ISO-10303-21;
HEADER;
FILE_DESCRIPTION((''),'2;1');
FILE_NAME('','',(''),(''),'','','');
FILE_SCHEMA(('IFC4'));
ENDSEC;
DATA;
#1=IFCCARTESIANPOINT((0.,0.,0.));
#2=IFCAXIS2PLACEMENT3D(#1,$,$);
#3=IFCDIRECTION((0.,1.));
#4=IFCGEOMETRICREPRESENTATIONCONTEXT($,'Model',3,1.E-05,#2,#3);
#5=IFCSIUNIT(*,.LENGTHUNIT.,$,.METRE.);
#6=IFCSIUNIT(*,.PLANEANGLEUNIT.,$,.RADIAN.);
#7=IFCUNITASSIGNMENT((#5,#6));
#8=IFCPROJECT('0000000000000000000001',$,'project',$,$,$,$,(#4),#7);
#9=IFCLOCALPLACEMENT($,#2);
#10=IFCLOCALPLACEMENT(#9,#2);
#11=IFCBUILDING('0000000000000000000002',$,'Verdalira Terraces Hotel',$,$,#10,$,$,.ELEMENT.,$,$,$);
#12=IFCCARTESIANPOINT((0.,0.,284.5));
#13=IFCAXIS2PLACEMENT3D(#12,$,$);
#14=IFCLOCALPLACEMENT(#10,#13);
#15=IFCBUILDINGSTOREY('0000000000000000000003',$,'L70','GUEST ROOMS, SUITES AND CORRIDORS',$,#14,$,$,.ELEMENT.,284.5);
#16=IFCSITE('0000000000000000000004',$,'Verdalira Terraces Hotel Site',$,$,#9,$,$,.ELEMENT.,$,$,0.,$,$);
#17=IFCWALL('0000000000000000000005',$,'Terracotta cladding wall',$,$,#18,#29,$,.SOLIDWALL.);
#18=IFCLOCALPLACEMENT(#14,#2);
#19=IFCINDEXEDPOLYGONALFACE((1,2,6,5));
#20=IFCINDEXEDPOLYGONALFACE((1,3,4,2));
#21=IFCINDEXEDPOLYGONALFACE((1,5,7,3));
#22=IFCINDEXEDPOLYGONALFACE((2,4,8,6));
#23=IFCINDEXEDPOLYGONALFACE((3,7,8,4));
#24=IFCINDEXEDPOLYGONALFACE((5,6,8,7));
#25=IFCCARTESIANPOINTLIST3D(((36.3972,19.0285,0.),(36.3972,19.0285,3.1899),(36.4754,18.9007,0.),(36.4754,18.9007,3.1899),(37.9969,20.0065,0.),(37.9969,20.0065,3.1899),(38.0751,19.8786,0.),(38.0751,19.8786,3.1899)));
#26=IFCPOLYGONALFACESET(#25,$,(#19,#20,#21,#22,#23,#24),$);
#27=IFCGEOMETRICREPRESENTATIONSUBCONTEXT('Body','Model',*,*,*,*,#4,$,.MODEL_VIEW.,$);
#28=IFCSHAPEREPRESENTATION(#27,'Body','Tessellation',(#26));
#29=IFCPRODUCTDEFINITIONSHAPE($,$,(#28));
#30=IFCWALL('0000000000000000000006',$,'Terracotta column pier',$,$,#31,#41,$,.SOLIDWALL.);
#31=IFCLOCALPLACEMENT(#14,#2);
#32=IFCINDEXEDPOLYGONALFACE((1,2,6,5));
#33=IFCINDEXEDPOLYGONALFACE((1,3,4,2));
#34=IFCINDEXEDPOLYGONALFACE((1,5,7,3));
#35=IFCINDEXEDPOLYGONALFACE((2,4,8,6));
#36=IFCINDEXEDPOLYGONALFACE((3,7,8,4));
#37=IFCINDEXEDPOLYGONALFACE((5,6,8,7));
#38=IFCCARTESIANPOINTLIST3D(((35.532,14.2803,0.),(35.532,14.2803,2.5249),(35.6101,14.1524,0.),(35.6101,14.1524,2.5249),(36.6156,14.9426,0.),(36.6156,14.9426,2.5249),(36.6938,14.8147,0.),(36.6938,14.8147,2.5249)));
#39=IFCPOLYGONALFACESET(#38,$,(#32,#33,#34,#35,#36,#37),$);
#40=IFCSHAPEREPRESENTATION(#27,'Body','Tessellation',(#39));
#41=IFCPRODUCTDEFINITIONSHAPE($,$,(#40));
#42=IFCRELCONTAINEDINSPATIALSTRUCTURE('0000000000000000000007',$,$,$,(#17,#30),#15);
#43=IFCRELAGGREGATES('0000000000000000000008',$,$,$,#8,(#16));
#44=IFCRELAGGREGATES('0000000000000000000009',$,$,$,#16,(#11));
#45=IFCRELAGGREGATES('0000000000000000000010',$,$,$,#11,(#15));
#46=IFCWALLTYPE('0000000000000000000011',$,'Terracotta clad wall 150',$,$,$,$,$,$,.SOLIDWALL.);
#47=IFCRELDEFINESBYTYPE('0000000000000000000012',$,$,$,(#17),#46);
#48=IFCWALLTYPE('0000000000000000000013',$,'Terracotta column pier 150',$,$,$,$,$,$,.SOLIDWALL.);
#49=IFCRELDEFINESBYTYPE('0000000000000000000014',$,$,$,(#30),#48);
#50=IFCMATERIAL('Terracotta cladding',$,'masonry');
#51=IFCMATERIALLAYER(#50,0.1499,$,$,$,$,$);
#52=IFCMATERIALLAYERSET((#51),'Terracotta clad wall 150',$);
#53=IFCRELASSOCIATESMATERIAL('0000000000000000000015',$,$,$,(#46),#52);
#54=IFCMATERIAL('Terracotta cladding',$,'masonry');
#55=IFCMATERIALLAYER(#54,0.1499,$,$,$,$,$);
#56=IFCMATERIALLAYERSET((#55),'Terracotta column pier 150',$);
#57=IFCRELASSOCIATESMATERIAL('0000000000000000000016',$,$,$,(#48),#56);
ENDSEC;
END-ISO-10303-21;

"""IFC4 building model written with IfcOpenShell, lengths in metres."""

from ifc_helpers import new_model, si_unit, direction, frame, frame_2d, origin, place, context, subcontext, project, spatial, rectangle, extrude, material, layer, layer_set, type_object, element, save


model = new_model("IFC4")

# Units and contexts
model_context = context("Model", 3, precision=1e-05, world=origin(), true_north=direction((0.0, 1.0)))
body_context = subcontext(model_context, "Body", "Model", "MODEL_VIEW")
ifc_project = project(units=[si_unit("LENGTHUNIT", "METRE"), si_unit("PLANEANGLEUNIT", "RADIAN")], contexts=[model_context])

# Site, building, storey
site_placement = place(None, origin())
site = spatial("IfcSite", under=ifc_project, at=site_placement, Name="Verdalira Terraces Hotel Site", CompositionType="ELEMENT", RefElevation=0.0)
building_placement = place(site_placement, origin())
building = spatial("IfcBuilding", under=site, at=building_placement, Name="Verdalira Terraces Hotel", CompositionType="ELEMENT")
storey_placement = place(building_placement, frame((0.0, 0.0, 284.5)))
storey = spatial("IfcBuildingStorey", under=building, at=storey_placement, Name="L70", Description="GUEST ROOMS, SUITES AND CORRIDORS", CompositionType="ELEMENT", Elevation=284.5)

# Walls
ifc_material_1 = material(Name="Terracotta cladding", Category="masonry")
ifc_layer_1 = layer(ifc_material_1, 0.1499)
ifc_layer_set_1 = layer_set([ifc_layer_1], Name="Terracotta clad wall 150")
wall_type_1 = type_object("IfcWallType", Name="Terracotta clad wall 150", PredefinedType="SOLIDWALL", material=ifc_layer_set_1)
for number, where, z_axis, x_axis, name in (
    (1, (36.4363, 18.9646, 0.0), (0.0, 0.0, 1.0), (0.853201, 0.521582, 0.0), "Terracotta cladding wall"),
):
    element("IfcWall", number, at=place(storey_placement, frame(where, z_axis=z_axis, x_axis=x_axis)), inside=storey, type_object=wall_type_1, Name=name, PredefinedType="SOLIDWALL", context=body_context, shape_type="SweptSolid", body=[
        extrude(rectangle(XDim=1.875, YDim=0.1499, at=frame_2d((0.9375, 0.0))), origin(), (0.0, 0.0, 1.0), 3.1899),
    ])
ifc_material_2 = material(Name="Terracotta cladding", Category="masonry")
ifc_layer_2 = layer(ifc_material_2, 0.1499)
ifc_layer_set_2 = layer_set([ifc_layer_2], Name="Terracotta column pier 150")
wall_type_2 = type_object("IfcWallType", Name="Terracotta column pier 150", PredefinedType="SOLIDWALL", material=ifc_layer_set_2)
wall_1_placement = place(storey_placement, frame((35.571, 14.2163, 0.0), z_axis=(0.0, 0.0, 1.0), x_axis=(0.853258, 0.521489, 0.0)))
element("IfcWall", 2, at=wall_1_placement, inside=storey, type_object=wall_type_2, Name="Terracotta column pier", PredefinedType="SOLIDWALL", context=body_context, shape_type="SweptSolid", body=[
    extrude(rectangle(XDim=1.27, YDim=0.1499, at=frame_2d((0.635, 0.0))), origin(), (0.0, 0.0, 1.0), 2.5249),
])

save(model, "model.ifc")
